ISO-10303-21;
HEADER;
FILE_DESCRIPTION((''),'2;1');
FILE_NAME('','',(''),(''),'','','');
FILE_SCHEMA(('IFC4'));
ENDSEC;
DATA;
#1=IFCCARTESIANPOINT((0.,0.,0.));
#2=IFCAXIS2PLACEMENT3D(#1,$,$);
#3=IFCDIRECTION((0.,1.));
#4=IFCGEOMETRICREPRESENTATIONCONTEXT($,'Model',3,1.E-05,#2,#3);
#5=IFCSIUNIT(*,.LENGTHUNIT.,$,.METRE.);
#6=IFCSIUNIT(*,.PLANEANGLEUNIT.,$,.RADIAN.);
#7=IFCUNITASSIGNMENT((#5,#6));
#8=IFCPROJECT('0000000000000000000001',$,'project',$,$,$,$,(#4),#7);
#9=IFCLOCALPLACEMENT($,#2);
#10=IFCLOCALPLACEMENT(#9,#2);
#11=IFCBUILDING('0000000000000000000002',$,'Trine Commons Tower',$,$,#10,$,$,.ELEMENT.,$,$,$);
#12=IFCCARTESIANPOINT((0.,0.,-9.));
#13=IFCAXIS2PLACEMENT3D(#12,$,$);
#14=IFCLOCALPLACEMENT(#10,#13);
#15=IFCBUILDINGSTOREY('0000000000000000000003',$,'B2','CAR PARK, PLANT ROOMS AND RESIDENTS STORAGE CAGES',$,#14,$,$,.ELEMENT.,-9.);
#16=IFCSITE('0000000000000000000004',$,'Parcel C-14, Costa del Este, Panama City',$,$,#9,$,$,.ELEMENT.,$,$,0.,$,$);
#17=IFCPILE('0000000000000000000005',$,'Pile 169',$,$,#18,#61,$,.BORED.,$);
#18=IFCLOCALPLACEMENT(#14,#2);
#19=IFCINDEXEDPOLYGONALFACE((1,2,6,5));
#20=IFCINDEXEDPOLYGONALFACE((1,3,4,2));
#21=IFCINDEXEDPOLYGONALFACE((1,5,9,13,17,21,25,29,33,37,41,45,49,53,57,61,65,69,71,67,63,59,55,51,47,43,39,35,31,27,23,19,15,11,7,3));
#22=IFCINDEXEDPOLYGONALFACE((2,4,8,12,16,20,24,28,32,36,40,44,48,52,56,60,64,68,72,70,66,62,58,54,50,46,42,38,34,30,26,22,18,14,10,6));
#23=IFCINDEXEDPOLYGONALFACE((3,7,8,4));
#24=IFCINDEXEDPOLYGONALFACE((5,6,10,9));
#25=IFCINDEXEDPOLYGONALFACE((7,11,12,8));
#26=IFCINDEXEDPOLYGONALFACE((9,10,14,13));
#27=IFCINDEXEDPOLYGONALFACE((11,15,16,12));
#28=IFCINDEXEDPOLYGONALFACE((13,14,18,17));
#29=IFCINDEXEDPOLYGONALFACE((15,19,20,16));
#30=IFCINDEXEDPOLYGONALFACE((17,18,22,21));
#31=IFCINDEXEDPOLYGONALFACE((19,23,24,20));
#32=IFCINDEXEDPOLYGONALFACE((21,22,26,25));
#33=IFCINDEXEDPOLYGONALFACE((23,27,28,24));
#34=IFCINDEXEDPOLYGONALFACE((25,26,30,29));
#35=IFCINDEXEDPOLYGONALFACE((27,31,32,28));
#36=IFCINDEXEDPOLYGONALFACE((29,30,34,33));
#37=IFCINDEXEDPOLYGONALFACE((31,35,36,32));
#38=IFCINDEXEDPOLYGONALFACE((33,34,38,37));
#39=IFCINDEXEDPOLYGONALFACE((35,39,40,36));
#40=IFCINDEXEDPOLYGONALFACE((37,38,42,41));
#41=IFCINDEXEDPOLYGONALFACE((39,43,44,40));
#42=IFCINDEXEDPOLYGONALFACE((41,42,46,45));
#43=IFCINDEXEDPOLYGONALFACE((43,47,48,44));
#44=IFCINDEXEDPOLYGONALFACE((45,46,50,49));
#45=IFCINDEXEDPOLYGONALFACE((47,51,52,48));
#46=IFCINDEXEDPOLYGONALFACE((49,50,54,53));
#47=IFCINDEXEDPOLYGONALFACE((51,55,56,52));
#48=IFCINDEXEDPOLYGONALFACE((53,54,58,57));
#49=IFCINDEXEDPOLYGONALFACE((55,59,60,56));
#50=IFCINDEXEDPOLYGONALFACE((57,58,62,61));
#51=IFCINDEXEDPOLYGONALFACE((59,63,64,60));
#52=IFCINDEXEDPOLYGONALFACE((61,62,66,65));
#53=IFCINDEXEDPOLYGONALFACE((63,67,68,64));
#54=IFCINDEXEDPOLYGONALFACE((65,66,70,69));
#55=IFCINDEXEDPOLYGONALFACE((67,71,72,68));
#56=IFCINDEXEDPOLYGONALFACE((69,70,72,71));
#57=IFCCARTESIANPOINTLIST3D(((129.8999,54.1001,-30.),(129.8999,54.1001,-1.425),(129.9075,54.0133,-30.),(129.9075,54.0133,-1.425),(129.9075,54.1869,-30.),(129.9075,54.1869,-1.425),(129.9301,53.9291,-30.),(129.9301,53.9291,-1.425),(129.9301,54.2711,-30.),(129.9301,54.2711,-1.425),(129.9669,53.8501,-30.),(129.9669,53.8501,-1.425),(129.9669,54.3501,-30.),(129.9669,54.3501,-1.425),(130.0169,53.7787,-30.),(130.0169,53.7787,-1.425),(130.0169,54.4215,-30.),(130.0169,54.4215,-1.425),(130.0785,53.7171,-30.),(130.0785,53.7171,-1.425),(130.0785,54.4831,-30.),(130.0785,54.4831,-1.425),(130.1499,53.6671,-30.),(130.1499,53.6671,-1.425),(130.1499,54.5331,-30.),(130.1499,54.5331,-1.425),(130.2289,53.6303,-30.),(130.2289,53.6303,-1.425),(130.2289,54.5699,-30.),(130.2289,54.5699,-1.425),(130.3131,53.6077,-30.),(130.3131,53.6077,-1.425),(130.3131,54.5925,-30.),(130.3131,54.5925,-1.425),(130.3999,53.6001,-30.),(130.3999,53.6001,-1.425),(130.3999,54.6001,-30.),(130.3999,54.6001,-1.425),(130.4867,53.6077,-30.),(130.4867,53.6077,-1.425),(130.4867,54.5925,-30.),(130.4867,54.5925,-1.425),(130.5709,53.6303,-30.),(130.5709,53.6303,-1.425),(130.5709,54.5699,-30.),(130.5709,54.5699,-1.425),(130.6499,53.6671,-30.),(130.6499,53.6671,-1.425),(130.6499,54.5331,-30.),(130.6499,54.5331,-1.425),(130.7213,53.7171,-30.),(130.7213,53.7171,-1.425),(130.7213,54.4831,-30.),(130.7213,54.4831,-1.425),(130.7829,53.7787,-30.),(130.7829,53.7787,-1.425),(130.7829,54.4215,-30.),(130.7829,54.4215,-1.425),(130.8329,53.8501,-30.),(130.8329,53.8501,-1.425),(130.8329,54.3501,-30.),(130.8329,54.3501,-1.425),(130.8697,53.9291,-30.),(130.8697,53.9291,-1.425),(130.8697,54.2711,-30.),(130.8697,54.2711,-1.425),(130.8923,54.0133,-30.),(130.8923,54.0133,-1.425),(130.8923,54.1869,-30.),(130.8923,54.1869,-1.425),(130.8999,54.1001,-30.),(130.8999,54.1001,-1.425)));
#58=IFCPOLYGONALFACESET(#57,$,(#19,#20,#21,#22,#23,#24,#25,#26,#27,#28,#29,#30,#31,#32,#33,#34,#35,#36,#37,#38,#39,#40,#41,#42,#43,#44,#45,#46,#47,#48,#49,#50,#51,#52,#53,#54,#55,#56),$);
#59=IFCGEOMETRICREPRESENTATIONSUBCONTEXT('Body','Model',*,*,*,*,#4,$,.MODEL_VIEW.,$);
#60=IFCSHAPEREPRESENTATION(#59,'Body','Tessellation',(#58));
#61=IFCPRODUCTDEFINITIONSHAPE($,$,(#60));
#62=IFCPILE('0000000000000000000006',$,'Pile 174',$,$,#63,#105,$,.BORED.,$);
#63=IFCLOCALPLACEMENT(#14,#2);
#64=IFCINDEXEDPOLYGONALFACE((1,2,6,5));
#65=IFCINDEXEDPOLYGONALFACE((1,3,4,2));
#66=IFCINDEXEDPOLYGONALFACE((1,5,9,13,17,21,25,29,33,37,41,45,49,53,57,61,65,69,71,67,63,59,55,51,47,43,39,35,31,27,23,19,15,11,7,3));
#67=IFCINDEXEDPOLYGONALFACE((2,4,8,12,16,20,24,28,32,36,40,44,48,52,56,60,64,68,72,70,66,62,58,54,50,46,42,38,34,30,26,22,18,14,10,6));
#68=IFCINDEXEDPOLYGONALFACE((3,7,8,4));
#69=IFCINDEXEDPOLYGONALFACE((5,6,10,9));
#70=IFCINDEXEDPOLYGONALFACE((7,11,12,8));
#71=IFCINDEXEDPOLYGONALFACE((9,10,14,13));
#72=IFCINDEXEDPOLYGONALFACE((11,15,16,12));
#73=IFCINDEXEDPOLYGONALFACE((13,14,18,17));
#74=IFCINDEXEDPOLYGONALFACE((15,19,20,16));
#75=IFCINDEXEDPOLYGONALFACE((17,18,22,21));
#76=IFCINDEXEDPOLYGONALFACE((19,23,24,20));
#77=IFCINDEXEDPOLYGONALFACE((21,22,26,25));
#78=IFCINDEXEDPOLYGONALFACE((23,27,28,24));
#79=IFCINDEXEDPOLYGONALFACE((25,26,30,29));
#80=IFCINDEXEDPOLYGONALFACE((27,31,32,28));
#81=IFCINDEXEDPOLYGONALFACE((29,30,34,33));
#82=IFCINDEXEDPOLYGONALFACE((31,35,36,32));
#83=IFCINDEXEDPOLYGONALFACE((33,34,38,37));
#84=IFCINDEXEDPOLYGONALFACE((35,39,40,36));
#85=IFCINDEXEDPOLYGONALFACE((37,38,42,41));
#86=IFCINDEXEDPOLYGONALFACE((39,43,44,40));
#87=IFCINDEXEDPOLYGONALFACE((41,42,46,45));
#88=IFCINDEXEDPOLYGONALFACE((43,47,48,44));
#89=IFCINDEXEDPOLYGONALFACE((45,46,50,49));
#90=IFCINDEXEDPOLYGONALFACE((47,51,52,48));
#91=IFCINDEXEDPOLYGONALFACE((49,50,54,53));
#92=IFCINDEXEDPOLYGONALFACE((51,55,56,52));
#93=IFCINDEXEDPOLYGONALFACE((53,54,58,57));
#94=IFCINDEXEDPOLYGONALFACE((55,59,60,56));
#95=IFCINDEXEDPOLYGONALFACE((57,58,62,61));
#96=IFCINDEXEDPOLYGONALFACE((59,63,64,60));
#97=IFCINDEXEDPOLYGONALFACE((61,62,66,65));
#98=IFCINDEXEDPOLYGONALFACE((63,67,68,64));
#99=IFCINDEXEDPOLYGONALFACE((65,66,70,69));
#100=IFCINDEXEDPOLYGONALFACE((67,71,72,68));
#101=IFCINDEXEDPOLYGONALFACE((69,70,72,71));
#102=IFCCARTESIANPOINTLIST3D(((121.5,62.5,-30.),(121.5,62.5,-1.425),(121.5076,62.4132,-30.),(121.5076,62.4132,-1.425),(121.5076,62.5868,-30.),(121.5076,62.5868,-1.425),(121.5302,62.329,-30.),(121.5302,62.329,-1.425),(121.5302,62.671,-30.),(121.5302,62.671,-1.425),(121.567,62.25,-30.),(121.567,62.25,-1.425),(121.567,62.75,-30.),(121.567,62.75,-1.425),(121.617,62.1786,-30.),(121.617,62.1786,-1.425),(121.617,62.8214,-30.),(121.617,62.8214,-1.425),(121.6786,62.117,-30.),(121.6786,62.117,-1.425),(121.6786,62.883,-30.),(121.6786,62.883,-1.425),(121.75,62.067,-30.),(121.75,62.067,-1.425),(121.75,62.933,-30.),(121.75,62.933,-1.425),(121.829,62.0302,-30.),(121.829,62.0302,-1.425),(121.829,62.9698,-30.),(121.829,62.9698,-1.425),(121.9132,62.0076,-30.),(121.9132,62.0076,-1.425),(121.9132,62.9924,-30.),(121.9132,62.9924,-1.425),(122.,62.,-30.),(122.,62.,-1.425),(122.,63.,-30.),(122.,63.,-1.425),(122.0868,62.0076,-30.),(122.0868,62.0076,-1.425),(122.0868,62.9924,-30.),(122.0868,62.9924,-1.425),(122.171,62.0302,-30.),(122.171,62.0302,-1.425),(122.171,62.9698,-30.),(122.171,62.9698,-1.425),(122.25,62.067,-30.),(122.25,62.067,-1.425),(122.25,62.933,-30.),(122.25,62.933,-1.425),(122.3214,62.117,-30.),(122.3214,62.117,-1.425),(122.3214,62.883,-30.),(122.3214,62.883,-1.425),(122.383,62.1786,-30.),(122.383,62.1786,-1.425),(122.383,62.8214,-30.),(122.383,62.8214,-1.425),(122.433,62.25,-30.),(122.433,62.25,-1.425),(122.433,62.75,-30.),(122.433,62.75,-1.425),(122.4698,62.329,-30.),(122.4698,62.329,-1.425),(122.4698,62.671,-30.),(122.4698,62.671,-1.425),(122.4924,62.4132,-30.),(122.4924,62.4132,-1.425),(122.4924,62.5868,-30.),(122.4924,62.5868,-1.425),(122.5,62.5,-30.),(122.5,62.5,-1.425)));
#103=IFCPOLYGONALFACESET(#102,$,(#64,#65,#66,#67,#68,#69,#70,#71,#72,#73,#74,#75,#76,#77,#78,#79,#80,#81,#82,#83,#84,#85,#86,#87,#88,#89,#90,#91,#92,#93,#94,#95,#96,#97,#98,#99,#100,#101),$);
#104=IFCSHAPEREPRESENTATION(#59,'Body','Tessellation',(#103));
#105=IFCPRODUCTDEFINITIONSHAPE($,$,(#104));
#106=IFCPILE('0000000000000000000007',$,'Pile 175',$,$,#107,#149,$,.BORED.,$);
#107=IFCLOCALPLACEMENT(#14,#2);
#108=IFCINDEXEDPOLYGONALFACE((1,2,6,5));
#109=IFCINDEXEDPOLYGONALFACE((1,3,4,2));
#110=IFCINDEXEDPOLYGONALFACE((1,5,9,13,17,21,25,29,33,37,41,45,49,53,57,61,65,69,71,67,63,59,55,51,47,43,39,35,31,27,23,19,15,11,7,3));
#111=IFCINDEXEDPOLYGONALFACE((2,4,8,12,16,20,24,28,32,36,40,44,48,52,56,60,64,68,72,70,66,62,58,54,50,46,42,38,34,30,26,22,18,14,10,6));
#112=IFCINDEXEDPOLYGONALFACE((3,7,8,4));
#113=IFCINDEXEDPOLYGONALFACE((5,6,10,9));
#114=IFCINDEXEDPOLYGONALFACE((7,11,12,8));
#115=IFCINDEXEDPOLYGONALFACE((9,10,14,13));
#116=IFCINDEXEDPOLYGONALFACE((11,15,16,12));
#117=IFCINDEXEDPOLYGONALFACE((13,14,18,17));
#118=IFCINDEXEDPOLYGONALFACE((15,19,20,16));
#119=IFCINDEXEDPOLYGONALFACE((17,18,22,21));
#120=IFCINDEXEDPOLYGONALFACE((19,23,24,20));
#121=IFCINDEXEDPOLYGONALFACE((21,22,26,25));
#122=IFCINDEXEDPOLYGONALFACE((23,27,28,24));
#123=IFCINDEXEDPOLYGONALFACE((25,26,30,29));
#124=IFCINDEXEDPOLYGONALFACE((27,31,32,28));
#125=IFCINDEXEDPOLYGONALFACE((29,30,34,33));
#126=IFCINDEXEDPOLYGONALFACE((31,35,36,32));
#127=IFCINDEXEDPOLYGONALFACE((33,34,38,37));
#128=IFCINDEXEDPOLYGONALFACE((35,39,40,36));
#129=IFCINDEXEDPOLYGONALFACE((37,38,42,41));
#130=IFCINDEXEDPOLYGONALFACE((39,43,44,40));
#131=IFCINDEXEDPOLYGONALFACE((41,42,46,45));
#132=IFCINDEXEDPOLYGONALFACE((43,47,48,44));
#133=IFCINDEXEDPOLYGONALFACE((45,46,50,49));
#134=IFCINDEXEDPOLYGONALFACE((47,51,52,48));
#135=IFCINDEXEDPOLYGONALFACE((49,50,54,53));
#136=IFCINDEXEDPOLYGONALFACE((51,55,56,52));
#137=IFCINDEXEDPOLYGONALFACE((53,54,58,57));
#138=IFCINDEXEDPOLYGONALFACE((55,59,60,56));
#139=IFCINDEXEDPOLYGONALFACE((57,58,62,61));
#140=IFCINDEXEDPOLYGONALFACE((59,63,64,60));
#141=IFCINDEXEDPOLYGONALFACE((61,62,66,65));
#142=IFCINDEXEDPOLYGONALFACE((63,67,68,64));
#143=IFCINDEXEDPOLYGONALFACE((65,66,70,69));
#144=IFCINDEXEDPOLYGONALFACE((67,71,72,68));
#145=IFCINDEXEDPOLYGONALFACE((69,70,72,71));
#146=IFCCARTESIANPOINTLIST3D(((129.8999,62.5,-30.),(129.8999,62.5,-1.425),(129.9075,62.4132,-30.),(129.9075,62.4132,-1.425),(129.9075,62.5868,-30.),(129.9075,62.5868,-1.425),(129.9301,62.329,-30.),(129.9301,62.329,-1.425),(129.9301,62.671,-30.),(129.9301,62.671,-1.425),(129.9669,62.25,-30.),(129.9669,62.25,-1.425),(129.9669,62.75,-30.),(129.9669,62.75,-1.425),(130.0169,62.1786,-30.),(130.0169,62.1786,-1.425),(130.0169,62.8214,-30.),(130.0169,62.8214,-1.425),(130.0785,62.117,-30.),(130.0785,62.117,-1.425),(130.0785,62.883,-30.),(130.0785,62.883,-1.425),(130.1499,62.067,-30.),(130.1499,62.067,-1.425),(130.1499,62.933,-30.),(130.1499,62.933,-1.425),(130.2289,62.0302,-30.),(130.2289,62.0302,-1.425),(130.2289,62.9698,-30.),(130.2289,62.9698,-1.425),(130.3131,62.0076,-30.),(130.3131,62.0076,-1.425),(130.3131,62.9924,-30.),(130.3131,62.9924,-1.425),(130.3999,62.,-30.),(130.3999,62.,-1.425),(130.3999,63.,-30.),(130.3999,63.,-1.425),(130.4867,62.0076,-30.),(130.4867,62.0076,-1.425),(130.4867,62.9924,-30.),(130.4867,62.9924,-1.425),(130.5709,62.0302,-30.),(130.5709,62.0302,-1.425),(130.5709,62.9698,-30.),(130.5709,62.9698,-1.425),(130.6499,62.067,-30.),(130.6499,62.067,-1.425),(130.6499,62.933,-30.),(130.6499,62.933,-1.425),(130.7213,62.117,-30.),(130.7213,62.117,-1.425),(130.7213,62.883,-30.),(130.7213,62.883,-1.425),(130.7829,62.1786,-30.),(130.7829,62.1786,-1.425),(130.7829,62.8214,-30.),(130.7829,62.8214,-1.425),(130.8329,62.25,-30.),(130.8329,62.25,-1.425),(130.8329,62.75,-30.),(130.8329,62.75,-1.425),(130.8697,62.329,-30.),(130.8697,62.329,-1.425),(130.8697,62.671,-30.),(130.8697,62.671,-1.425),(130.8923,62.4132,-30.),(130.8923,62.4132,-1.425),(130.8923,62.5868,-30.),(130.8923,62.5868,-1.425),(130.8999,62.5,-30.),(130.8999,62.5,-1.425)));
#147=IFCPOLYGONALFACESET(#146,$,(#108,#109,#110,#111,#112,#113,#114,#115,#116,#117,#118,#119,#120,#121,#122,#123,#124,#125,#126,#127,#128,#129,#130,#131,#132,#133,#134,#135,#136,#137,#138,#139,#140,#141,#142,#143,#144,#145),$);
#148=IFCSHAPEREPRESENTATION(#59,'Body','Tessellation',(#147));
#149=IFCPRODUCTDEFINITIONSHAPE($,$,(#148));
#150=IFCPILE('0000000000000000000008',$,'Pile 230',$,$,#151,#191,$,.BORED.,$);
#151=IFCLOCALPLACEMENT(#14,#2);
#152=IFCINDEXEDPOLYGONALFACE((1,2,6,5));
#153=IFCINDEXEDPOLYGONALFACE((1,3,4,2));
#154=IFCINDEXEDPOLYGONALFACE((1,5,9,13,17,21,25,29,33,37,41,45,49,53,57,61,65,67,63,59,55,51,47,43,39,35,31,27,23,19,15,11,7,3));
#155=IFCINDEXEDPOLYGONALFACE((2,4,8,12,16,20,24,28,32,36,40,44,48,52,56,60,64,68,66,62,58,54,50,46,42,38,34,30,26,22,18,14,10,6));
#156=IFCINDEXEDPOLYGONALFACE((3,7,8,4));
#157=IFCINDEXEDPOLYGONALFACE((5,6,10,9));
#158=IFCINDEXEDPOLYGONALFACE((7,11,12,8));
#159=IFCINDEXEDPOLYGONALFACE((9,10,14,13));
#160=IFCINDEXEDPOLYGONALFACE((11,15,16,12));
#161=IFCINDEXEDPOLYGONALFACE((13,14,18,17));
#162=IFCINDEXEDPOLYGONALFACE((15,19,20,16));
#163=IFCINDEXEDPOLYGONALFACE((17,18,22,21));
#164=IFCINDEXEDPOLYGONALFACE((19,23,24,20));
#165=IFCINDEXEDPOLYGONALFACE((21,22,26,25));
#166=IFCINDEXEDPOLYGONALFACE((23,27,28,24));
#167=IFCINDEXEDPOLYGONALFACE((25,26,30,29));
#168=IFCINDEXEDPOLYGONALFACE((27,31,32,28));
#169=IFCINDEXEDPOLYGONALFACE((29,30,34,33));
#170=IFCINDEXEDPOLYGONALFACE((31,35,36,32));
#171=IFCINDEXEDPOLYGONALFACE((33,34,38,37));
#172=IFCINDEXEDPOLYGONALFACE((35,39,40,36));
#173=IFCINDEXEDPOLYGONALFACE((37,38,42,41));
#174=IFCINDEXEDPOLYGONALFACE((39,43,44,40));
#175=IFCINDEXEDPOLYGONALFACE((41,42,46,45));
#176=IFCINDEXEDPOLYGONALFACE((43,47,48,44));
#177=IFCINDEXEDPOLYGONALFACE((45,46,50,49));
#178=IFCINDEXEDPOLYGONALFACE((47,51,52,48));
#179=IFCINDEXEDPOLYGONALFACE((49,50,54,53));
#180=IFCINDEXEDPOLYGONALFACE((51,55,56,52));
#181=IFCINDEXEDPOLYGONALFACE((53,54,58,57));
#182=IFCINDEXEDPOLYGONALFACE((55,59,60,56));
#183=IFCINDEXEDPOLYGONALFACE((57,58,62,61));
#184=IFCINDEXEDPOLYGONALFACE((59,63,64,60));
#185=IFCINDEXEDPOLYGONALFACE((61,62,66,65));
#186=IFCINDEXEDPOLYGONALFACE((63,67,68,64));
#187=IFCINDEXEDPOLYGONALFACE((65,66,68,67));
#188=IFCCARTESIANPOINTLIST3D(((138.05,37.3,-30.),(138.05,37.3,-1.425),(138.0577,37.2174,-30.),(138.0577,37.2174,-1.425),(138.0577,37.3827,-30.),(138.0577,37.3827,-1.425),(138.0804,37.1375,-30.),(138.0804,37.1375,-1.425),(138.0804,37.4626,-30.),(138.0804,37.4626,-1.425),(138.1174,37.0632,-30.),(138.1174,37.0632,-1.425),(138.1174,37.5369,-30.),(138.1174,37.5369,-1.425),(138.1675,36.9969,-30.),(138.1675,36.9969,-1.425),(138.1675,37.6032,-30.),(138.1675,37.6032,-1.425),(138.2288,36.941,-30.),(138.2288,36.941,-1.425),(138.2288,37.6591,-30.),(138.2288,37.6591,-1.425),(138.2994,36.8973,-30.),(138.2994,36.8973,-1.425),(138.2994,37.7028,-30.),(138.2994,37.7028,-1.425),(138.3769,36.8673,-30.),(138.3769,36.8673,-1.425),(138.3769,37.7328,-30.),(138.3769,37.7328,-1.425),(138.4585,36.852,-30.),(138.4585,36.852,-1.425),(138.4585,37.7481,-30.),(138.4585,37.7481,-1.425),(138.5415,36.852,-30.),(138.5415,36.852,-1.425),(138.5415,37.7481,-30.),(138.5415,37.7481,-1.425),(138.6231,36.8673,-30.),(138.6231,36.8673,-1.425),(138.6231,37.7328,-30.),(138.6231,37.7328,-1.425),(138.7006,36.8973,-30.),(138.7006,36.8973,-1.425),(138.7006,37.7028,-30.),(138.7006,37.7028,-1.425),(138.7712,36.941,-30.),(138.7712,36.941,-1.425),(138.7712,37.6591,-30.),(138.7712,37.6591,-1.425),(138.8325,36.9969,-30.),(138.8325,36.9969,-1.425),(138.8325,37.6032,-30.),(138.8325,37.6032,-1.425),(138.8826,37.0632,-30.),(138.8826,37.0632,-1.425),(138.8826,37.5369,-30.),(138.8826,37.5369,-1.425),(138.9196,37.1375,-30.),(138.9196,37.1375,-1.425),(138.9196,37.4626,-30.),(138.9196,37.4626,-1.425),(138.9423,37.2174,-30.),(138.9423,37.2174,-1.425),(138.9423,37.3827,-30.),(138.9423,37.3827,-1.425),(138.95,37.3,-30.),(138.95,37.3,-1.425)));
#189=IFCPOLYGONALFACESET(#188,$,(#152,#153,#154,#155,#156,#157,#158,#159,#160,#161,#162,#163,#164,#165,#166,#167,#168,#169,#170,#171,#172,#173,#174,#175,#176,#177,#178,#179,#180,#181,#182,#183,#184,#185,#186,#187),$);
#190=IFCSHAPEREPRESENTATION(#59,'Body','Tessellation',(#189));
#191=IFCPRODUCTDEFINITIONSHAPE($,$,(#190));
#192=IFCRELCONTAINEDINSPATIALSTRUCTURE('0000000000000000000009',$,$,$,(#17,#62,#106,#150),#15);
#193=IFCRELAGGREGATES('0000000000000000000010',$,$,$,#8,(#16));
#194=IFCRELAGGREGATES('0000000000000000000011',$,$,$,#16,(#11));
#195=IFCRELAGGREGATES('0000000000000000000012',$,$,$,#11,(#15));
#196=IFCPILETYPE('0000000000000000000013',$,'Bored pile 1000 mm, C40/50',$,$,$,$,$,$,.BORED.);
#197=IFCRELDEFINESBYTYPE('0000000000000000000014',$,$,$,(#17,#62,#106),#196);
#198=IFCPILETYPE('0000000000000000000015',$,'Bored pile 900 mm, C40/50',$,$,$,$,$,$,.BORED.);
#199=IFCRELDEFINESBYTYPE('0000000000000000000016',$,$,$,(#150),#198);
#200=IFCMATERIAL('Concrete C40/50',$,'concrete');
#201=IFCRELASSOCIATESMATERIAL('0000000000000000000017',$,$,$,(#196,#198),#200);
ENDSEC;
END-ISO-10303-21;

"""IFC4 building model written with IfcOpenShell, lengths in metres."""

from ifc_helpers import new_model, si_unit, direction, frame, origin, origin_2d, place, context, subcontext, project, spatial, circle, extrude, material, type_object, element, save


model = new_model("IFC4")

# Units and contexts
model_context = context("Model", 3, precision=1e-05, world=origin(), true_north=direction((0.0, 1.0)))
body_context = subcontext(model_context, "Body", "Model", "MODEL_VIEW")
ifc_project = project(units=[si_unit("LENGTHUNIT", "METRE"), si_unit("PLANEANGLEUNIT", "RADIAN")], contexts=[model_context])

# Site, building, storey
site_placement = place(None, origin())
site = spatial("IfcSite", under=ifc_project, at=site_placement, Name="Parcel C-14, Costa del Este, Panama City", CompositionType="ELEMENT", RefElevation=0.0)
building_placement = place(site_placement, origin())
building = spatial("IfcBuilding", under=site, at=building_placement, Name="Trine Commons Tower", CompositionType="ELEMENT")
storey_placement = place(building_placement, frame((0.0, 0.0, -9.0)))
storey = spatial("IfcBuildingStorey", under=building, at=storey_placement, Name="B2", Description="CAR PARK, PLANT ROOMS AND RESIDENTS STORAGE CAGES", CompositionType="ELEMENT", Elevation=-9.0)

# Piles
ifc_material_1 = material(Name="Concrete C40/50", Category="concrete")
pile_type_1 = type_object("IfcPileType", Name="Bored pile 1000 mm, C40/50", PredefinedType="BORED", material=ifc_material_1)
for number, where, z_axis, x_axis, name in (
    (1, (130.3999, 54.1001, -1.425), (0.0, 0.0, -1.0), (1.0, 0.0, 0.0), "Pile 169"),
    (2, (122.0, 62.5, -1.425), (0.0, 0.0, -1.0), (1.0, 0.0, 0.0), "Pile 174"),
    (3, (130.3999, 62.5, -1.425), (0.0, 0.0, -1.0), (1.0, 0.0, 0.0), "Pile 175"),
):
    element("IfcPile", number, at=place(storey_placement, frame(where, z_axis=z_axis, x_axis=x_axis)), inside=storey, type_object=pile_type_1, Name=name, PredefinedType="BORED", context=body_context, shape_type="SweptSolid", body=[
        extrude(circle(Radius=0.5, at=origin_2d()), origin(), (0.0, 0.0, 1.0), 28.575),
    ])
pile_type_2 = type_object("IfcPileType", Name="Bored pile 900 mm, C40/50", PredefinedType="BORED", material=ifc_material_1)
for number, where, z_axis, x_axis, name in (
    (4, (138.5, 37.3, -1.425), (0.0, 0.0, -1.0), (1.0, 0.0, 0.0), "Pile 230"),
):
    element("IfcPile", number, at=place(storey_placement, frame(where, z_axis=z_axis, x_axis=x_axis)), inside=storey, type_object=pile_type_2, Name=name, PredefinedType="BORED", context=body_context, shape_type="SweptSolid", body=[
        extrude(circle(Radius=0.45, at=origin_2d()), origin(), (0.0, 0.0, 1.0), 28.575),
    ])

save(model, "model.ifc")
